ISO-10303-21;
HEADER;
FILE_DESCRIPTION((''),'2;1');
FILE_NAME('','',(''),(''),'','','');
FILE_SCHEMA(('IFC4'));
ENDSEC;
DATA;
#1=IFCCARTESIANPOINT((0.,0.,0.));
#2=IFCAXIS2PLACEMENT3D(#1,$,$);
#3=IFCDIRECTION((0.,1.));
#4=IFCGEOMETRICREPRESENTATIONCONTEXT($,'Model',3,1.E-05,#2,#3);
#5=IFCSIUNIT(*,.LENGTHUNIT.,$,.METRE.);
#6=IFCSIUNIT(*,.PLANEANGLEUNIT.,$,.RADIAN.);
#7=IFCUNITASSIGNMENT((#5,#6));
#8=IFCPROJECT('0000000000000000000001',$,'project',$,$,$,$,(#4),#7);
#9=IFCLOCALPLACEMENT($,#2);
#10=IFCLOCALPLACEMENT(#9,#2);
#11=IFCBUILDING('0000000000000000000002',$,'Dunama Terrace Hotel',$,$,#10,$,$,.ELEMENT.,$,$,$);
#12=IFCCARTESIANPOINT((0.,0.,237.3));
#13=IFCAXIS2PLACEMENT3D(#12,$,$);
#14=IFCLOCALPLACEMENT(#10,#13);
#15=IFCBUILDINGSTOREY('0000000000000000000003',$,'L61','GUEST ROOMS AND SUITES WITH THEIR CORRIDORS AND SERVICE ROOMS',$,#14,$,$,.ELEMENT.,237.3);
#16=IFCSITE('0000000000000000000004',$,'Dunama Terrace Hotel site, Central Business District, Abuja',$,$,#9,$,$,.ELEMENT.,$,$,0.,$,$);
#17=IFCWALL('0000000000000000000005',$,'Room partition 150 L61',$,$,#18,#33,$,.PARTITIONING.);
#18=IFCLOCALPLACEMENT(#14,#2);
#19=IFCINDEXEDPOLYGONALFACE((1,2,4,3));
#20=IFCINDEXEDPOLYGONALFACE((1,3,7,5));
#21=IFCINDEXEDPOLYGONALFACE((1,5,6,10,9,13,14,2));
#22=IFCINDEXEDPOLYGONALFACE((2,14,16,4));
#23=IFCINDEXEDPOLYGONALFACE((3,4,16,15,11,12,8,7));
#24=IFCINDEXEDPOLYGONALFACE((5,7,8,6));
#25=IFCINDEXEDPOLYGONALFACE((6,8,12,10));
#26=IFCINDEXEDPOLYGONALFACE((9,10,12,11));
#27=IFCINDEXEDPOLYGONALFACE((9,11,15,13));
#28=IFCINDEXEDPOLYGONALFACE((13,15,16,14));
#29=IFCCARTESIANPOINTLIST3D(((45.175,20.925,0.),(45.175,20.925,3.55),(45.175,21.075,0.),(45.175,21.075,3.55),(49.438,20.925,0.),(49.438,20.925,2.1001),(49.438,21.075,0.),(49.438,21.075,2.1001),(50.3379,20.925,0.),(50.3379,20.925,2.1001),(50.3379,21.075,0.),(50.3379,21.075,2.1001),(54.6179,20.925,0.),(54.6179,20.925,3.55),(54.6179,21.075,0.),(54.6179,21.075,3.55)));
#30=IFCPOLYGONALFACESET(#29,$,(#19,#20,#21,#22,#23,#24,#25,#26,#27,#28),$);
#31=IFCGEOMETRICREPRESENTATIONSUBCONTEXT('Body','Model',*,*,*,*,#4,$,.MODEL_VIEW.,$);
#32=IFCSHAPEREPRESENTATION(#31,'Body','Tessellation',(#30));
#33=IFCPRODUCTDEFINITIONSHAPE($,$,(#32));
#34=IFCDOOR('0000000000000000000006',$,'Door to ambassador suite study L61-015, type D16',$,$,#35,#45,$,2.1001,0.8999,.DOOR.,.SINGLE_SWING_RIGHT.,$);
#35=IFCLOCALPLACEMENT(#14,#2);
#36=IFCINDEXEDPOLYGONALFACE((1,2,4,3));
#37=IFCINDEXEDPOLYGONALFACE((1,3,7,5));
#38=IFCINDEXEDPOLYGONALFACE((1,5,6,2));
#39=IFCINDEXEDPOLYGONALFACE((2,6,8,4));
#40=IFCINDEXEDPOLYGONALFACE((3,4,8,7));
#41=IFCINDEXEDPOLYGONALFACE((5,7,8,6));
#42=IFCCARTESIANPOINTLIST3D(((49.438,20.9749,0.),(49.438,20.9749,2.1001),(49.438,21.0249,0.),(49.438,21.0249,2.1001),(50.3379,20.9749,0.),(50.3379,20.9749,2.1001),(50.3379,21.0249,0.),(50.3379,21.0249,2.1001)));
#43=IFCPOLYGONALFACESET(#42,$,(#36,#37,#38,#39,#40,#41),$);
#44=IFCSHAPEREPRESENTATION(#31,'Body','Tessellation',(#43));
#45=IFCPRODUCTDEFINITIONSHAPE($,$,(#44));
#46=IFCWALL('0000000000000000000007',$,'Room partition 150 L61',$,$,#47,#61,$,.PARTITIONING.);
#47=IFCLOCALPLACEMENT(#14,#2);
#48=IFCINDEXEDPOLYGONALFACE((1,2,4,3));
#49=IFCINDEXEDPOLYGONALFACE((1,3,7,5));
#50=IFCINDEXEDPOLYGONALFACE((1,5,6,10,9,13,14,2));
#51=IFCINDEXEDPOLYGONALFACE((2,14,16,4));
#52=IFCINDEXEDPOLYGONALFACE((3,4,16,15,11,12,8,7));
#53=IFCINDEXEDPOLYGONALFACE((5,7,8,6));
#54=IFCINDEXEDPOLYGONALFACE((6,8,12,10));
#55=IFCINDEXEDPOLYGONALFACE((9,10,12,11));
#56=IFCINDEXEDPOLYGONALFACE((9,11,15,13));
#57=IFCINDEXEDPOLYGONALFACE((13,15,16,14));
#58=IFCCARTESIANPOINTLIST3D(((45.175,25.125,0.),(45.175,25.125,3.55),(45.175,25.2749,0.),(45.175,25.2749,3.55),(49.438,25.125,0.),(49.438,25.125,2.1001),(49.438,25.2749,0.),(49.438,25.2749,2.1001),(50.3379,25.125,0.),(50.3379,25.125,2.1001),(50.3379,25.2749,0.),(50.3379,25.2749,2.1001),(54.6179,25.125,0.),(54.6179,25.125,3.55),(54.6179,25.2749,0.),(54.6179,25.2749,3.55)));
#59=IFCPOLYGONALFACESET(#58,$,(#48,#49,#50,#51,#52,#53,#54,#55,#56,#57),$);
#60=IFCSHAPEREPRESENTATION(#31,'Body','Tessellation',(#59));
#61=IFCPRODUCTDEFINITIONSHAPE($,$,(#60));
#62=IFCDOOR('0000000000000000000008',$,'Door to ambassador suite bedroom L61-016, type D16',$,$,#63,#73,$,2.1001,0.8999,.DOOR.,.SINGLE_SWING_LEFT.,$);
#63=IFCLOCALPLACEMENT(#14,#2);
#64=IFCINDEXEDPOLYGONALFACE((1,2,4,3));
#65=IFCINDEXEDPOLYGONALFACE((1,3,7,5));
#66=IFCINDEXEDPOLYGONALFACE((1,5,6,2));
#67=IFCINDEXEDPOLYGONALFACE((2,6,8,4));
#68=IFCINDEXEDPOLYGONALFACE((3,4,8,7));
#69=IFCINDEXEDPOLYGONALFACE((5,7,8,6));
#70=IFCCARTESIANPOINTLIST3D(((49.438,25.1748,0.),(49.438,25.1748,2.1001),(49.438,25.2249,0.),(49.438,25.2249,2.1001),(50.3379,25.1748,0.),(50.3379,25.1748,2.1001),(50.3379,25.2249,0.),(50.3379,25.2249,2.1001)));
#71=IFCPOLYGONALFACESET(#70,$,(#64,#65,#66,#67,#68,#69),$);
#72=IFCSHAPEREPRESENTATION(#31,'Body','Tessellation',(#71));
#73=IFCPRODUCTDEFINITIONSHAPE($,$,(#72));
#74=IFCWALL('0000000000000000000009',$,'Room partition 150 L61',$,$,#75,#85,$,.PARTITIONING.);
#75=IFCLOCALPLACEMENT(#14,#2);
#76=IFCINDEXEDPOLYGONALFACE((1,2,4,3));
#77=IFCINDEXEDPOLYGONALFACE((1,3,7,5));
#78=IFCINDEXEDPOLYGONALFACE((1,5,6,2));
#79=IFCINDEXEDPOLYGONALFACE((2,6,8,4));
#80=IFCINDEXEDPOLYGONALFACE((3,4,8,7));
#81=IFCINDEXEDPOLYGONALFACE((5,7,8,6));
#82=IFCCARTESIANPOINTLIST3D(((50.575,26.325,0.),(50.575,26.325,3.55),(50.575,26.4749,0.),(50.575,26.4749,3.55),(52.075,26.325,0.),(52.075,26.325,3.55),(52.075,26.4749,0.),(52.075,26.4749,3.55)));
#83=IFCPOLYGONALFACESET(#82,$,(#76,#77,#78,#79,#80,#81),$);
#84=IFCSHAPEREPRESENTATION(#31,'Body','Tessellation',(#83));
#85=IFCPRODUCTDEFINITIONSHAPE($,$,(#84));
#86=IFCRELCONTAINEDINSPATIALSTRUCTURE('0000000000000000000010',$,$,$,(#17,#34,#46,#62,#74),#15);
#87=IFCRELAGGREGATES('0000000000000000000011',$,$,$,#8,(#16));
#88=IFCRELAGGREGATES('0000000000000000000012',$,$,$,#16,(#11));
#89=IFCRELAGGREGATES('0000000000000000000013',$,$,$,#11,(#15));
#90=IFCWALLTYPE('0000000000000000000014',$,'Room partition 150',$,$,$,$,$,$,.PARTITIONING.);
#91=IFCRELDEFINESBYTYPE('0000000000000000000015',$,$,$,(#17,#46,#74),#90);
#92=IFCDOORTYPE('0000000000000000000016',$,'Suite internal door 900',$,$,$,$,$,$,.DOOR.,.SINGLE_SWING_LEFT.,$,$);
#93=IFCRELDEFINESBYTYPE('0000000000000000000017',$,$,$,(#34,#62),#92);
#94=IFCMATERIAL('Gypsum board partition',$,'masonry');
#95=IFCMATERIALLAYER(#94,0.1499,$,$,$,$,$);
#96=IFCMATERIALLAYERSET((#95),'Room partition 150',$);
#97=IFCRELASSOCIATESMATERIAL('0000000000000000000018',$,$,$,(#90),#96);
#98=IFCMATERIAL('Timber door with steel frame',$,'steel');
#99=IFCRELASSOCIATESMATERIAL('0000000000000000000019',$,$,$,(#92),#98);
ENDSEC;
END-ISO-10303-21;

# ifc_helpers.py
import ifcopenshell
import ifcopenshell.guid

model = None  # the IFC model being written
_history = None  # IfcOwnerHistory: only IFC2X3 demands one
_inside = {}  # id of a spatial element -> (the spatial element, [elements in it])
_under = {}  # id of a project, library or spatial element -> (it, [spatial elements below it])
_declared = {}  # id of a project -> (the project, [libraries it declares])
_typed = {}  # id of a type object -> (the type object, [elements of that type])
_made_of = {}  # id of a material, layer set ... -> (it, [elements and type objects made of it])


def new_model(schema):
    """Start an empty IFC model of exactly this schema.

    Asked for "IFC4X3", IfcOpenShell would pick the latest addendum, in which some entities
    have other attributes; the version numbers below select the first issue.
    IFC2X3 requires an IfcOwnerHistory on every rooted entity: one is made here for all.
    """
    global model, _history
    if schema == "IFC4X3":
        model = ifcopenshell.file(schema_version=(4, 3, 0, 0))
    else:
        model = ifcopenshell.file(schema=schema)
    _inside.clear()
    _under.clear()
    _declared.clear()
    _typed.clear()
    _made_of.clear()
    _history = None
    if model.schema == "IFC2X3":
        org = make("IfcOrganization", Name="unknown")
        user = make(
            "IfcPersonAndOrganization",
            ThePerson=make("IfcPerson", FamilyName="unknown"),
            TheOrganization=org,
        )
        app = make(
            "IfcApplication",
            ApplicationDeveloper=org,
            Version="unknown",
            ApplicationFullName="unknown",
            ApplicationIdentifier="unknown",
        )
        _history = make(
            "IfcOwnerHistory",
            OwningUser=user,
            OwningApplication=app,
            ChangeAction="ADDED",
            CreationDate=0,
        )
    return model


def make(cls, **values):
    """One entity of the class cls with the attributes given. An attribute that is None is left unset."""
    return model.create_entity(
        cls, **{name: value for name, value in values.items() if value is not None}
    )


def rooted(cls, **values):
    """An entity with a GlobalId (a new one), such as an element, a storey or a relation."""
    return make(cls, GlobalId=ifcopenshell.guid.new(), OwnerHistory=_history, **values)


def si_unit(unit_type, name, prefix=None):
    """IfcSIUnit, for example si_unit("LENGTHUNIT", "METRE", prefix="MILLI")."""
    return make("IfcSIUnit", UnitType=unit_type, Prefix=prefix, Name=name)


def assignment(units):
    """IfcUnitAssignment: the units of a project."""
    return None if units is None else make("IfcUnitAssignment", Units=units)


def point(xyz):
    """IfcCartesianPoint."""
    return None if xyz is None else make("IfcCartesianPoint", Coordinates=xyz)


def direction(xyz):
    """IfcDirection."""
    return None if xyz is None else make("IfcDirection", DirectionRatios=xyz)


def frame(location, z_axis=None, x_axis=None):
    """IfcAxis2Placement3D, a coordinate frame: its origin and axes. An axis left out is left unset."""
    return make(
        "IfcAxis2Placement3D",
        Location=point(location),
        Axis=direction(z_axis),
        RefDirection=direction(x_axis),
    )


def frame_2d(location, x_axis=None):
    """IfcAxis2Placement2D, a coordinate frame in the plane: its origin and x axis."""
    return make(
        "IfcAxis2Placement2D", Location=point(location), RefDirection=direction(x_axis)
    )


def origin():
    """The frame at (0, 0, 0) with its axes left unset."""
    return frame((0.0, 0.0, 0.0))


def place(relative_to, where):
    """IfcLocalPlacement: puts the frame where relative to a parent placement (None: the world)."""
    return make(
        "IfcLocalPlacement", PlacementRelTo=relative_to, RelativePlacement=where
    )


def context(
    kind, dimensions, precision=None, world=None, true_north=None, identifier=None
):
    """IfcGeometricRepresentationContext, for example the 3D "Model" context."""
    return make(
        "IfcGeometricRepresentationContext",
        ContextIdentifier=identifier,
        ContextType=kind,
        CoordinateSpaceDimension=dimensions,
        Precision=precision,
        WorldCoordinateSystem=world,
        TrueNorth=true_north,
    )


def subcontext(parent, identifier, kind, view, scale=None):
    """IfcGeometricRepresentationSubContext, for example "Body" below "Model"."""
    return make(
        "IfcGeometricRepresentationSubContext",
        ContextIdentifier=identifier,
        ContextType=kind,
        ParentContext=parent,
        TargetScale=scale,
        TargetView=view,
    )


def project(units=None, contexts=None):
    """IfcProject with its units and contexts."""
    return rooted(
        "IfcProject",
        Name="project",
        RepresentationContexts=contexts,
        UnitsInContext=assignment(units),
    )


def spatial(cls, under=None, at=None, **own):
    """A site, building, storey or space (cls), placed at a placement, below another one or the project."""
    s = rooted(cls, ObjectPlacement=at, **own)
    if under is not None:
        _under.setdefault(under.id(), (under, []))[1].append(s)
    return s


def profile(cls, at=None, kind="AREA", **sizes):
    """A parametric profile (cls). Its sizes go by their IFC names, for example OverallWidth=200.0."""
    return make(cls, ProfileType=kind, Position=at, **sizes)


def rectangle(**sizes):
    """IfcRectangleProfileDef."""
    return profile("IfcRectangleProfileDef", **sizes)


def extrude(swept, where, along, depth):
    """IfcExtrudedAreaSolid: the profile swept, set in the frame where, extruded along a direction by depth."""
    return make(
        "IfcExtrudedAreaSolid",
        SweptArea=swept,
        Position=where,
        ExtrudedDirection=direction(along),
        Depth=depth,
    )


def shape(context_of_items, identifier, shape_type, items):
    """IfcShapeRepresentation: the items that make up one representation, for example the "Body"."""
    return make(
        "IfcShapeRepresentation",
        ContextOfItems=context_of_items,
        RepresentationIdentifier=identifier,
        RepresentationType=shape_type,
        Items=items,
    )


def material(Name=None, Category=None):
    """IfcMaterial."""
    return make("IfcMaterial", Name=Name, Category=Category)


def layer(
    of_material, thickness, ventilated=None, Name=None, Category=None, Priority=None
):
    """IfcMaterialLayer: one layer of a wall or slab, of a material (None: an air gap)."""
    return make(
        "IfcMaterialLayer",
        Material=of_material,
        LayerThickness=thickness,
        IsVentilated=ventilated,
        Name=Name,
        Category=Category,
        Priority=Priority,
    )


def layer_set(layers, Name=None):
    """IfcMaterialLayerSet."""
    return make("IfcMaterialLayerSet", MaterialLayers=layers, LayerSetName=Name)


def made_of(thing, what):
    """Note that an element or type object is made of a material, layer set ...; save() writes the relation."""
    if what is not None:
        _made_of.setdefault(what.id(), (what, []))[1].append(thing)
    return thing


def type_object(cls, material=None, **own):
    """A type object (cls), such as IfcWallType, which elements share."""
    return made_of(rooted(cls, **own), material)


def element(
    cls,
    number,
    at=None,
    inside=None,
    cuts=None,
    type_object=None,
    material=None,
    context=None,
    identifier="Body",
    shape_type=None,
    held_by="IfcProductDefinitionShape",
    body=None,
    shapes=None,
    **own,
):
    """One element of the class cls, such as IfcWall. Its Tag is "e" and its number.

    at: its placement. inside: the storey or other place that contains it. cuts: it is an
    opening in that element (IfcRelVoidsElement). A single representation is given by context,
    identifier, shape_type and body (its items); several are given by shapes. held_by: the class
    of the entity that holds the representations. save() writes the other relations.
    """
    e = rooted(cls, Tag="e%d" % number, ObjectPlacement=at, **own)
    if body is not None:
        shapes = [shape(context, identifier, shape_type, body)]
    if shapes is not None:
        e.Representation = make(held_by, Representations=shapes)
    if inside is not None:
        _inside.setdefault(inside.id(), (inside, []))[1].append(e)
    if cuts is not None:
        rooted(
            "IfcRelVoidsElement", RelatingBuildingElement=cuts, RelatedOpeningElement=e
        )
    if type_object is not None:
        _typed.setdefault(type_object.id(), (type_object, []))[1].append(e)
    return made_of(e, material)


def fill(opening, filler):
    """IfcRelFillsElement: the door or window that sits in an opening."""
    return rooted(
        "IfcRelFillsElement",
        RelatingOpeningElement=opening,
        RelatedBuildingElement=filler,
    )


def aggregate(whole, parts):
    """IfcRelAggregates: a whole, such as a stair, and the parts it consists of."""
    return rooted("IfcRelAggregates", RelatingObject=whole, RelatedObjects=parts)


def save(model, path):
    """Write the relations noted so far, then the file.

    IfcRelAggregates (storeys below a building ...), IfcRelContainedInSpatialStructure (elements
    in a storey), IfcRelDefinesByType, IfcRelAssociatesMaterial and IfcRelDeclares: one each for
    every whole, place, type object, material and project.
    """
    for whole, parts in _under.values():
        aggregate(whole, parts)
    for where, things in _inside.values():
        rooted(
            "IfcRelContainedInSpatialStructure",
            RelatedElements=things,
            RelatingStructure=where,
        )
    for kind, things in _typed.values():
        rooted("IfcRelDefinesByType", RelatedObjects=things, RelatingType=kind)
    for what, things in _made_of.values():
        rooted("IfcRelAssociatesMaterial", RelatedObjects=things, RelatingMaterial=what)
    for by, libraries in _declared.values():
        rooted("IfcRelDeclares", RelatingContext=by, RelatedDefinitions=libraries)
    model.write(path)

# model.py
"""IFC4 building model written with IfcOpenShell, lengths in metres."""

from ifc_helpers import new_model, si_unit, direction, frame, frame_2d, origin, place, context, subcontext, project, spatial, rectangle, extrude, material, layer, layer_set, type_object, element, fill, save


model = new_model("IFC4")

# Units and contexts
model_context = context("Model", 3, precision=1e-05, world=origin(), true_north=direction((0.0, 1.0)))
body_context = subcontext(model_context, "Body", "Model", "MODEL_VIEW")
ifc_project = project(units=[si_unit("LENGTHUNIT", "METRE"), si_unit("PLANEANGLEUNIT", "RADIAN")], contexts=[model_context])

# Site, building, storey
site_placement = place(None, origin())
site = spatial("IfcSite", under=ifc_project, at=site_placement, Name="Dunama Terrace Hotel site, Central Business District, Abuja", CompositionType="ELEMENT", RefElevation=0.0)
building_placement = place(site_placement, origin())
building = spatial("IfcBuilding", under=site, at=building_placement, Name="Dunama Terrace Hotel", CompositionType="ELEMENT")
storey_placement = place(building_placement, frame((0.0, 0.0, 237.3)))
storey = spatial("IfcBuildingStorey", under=building, at=storey_placement, Name="L61", Description="GUEST ROOMS AND SUITES WITH THEIR CORRIDORS AND SERVICE ROOMS", CompositionType="ELEMENT", Elevation=237.3)

# Shared definitions
ifc_material_1 = material(Name="Gypsum board partition", Category="masonry")
ifc_layer_1 = layer(ifc_material_1, 0.1499)
ifc_layer_set_1 = layer_set([ifc_layer_1], Name="Room partition 150")
wall_type_1 = type_object("IfcWallType", Name="Room partition 150", PredefinedType="PARTITIONING", material=ifc_layer_set_1)

# Shared definitions
ifc_material_2 = material(Name="Timber door with steel frame", Category="steel")
door_type_1 = type_object("IfcDoorType", Name="Suite internal door 900", OperationType="SINGLE_SWING_LEFT", PredefinedType="DOOR", material=ifc_material_2)

# Walls, openings, doors
wall_1_placement = place(storey_placement, frame((45.175, 21.0, 0.0), z_axis=(0.0, 0.0, 1.0), x_axis=(1.0, 0.0, 0.0)))
wall_1 = element("IfcWall", 1, at=wall_1_placement, inside=storey, type_object=wall_type_1, Name="Room partition 150 L61", PredefinedType="PARTITIONING", context=body_context, shape_type="SweptSolid", body=[
    extrude(rectangle(XDim=9.4429, YDim=0.1499, at=frame_2d((4.7214, 0.0))), origin(), (0.0, 0.0, 1.0), 3.55),
])
opening_1_placement = place(wall_1_placement, frame((4.2629, 0.0, 0.0)))
opening_1 = element("IfcOpeningElement", 2, at=opening_1_placement, cuts=wall_1, PredefinedType="OPENING", context=body_context, shape_type="SweptSolid", body=[
    extrude(rectangle(XDim=0.8999, YDim=2.1001, at=frame_2d((0.45, 1.05))), frame((0.0, 0.085, 0.0), z_axis=(0.0, -1.0, 0.0), x_axis=(1.0, 0.0, 0.0)), (0.0, 0.0, 1.0), 0.1699),
])
door_1_placement = place(opening_1_placement, frame((0.8999, 0.0, 0.0), z_axis=(0.0, 0.0, 1.0), x_axis=(-1.0, 0.0, 0.0)))
door_1 = element("IfcDoor", 3, at=door_1_placement, inside=storey, type_object=door_type_1, Name="Door to ambassador suite study L61-015, type D16", OperationType="SINGLE_SWING_RIGHT", OverallHeight=2.1001, OverallWidth=0.8999, PredefinedType="DOOR", context=body_context, shape_type="SweptSolid", body=[
    extrude(rectangle(XDim=0.8999, YDim=2.1001, at=frame_2d((0.45, 1.05))), frame((0.0, 0.0251, 0.0), z_axis=(0.0, -1.0, 0.0), x_axis=(1.0, 0.0, 0.0)), (0.0, 0.0, 1.0), 0.05),
])
fill(opening_1, door_1)
wall_2_placement = place(storey_placement, frame((45.175, 25.2, 0.0), z_axis=(0.0, 0.0, 1.0), x_axis=(1.0, 0.0, 0.0)))
wall_2 = element("IfcWall", 4, at=wall_2_placement, inside=storey, type_object=wall_type_1, Name="Room partition 150 L61", PredefinedType="PARTITIONING", context=body_context, shape_type="SweptSolid", body=[
    extrude(rectangle(XDim=9.4429, YDim=0.1499, at=frame_2d((4.7214, 0.0))), origin(), (0.0, 0.0, 1.0), 3.55),
])
opening_2_placement = place(wall_2_placement, frame((4.2629, 0.0, 0.0)))
opening_2 = element("IfcOpeningElement", 5, at=opening_2_placement, cuts=wall_2, PredefinedType="OPENING", context=body_context, shape_type="SweptSolid", body=[
    extrude(rectangle(XDim=0.8999, YDim=2.1001, at=frame_2d((0.45, 1.05))), frame((0.0, 0.085, 0.0), z_axis=(0.0, -1.0, 0.0), x_axis=(1.0, 0.0, 0.0)), (0.0, 0.0, 1.0), 0.1699),
])
door_2_placement = place(opening_2_placement, origin())
door_2 = element("IfcDoor", 6, at=door_2_placement, inside=storey, type_object=door_type_1, Name="Door to ambassador suite bedroom L61-016, type D16", OperationType="SINGLE_SWING_LEFT", OverallHeight=2.1001, OverallWidth=0.8999, PredefinedType="DOOR", context=body_context, shape_type="SweptSolid", body=[
    extrude(rectangle(XDim=0.8999, YDim=2.1001, at=frame_2d((0.45, 1.05))), frame((0.0, 0.0249, 0.0), z_axis=(0.0, -1.0, 0.0), x_axis=(1.0, 0.0, 0.0)), (0.0, 0.0, 1.0), 0.05),
])
fill(opening_2, door_2)

# Wall
wall_3_placement = place(storey_placement, frame((50.575, 26.3999, 0.0), z_axis=(0.0, 0.0, 1.0), x_axis=(1.0, 0.0, 0.0)))
element("IfcWall", 7, at=wall_3_placement, inside=storey, type_object=wall_type_1, Name="Room partition 150 L61", PredefinedType="PARTITIONING", context=body_context, shape_type="SweptSolid", body=[
    extrude(rectangle(XDim=1.5, YDim=0.1499, at=frame_2d((0.75, 0.0))), origin(), (0.0, 0.0, 1.0), 3.55),
])

save(model, "model.ifc")
